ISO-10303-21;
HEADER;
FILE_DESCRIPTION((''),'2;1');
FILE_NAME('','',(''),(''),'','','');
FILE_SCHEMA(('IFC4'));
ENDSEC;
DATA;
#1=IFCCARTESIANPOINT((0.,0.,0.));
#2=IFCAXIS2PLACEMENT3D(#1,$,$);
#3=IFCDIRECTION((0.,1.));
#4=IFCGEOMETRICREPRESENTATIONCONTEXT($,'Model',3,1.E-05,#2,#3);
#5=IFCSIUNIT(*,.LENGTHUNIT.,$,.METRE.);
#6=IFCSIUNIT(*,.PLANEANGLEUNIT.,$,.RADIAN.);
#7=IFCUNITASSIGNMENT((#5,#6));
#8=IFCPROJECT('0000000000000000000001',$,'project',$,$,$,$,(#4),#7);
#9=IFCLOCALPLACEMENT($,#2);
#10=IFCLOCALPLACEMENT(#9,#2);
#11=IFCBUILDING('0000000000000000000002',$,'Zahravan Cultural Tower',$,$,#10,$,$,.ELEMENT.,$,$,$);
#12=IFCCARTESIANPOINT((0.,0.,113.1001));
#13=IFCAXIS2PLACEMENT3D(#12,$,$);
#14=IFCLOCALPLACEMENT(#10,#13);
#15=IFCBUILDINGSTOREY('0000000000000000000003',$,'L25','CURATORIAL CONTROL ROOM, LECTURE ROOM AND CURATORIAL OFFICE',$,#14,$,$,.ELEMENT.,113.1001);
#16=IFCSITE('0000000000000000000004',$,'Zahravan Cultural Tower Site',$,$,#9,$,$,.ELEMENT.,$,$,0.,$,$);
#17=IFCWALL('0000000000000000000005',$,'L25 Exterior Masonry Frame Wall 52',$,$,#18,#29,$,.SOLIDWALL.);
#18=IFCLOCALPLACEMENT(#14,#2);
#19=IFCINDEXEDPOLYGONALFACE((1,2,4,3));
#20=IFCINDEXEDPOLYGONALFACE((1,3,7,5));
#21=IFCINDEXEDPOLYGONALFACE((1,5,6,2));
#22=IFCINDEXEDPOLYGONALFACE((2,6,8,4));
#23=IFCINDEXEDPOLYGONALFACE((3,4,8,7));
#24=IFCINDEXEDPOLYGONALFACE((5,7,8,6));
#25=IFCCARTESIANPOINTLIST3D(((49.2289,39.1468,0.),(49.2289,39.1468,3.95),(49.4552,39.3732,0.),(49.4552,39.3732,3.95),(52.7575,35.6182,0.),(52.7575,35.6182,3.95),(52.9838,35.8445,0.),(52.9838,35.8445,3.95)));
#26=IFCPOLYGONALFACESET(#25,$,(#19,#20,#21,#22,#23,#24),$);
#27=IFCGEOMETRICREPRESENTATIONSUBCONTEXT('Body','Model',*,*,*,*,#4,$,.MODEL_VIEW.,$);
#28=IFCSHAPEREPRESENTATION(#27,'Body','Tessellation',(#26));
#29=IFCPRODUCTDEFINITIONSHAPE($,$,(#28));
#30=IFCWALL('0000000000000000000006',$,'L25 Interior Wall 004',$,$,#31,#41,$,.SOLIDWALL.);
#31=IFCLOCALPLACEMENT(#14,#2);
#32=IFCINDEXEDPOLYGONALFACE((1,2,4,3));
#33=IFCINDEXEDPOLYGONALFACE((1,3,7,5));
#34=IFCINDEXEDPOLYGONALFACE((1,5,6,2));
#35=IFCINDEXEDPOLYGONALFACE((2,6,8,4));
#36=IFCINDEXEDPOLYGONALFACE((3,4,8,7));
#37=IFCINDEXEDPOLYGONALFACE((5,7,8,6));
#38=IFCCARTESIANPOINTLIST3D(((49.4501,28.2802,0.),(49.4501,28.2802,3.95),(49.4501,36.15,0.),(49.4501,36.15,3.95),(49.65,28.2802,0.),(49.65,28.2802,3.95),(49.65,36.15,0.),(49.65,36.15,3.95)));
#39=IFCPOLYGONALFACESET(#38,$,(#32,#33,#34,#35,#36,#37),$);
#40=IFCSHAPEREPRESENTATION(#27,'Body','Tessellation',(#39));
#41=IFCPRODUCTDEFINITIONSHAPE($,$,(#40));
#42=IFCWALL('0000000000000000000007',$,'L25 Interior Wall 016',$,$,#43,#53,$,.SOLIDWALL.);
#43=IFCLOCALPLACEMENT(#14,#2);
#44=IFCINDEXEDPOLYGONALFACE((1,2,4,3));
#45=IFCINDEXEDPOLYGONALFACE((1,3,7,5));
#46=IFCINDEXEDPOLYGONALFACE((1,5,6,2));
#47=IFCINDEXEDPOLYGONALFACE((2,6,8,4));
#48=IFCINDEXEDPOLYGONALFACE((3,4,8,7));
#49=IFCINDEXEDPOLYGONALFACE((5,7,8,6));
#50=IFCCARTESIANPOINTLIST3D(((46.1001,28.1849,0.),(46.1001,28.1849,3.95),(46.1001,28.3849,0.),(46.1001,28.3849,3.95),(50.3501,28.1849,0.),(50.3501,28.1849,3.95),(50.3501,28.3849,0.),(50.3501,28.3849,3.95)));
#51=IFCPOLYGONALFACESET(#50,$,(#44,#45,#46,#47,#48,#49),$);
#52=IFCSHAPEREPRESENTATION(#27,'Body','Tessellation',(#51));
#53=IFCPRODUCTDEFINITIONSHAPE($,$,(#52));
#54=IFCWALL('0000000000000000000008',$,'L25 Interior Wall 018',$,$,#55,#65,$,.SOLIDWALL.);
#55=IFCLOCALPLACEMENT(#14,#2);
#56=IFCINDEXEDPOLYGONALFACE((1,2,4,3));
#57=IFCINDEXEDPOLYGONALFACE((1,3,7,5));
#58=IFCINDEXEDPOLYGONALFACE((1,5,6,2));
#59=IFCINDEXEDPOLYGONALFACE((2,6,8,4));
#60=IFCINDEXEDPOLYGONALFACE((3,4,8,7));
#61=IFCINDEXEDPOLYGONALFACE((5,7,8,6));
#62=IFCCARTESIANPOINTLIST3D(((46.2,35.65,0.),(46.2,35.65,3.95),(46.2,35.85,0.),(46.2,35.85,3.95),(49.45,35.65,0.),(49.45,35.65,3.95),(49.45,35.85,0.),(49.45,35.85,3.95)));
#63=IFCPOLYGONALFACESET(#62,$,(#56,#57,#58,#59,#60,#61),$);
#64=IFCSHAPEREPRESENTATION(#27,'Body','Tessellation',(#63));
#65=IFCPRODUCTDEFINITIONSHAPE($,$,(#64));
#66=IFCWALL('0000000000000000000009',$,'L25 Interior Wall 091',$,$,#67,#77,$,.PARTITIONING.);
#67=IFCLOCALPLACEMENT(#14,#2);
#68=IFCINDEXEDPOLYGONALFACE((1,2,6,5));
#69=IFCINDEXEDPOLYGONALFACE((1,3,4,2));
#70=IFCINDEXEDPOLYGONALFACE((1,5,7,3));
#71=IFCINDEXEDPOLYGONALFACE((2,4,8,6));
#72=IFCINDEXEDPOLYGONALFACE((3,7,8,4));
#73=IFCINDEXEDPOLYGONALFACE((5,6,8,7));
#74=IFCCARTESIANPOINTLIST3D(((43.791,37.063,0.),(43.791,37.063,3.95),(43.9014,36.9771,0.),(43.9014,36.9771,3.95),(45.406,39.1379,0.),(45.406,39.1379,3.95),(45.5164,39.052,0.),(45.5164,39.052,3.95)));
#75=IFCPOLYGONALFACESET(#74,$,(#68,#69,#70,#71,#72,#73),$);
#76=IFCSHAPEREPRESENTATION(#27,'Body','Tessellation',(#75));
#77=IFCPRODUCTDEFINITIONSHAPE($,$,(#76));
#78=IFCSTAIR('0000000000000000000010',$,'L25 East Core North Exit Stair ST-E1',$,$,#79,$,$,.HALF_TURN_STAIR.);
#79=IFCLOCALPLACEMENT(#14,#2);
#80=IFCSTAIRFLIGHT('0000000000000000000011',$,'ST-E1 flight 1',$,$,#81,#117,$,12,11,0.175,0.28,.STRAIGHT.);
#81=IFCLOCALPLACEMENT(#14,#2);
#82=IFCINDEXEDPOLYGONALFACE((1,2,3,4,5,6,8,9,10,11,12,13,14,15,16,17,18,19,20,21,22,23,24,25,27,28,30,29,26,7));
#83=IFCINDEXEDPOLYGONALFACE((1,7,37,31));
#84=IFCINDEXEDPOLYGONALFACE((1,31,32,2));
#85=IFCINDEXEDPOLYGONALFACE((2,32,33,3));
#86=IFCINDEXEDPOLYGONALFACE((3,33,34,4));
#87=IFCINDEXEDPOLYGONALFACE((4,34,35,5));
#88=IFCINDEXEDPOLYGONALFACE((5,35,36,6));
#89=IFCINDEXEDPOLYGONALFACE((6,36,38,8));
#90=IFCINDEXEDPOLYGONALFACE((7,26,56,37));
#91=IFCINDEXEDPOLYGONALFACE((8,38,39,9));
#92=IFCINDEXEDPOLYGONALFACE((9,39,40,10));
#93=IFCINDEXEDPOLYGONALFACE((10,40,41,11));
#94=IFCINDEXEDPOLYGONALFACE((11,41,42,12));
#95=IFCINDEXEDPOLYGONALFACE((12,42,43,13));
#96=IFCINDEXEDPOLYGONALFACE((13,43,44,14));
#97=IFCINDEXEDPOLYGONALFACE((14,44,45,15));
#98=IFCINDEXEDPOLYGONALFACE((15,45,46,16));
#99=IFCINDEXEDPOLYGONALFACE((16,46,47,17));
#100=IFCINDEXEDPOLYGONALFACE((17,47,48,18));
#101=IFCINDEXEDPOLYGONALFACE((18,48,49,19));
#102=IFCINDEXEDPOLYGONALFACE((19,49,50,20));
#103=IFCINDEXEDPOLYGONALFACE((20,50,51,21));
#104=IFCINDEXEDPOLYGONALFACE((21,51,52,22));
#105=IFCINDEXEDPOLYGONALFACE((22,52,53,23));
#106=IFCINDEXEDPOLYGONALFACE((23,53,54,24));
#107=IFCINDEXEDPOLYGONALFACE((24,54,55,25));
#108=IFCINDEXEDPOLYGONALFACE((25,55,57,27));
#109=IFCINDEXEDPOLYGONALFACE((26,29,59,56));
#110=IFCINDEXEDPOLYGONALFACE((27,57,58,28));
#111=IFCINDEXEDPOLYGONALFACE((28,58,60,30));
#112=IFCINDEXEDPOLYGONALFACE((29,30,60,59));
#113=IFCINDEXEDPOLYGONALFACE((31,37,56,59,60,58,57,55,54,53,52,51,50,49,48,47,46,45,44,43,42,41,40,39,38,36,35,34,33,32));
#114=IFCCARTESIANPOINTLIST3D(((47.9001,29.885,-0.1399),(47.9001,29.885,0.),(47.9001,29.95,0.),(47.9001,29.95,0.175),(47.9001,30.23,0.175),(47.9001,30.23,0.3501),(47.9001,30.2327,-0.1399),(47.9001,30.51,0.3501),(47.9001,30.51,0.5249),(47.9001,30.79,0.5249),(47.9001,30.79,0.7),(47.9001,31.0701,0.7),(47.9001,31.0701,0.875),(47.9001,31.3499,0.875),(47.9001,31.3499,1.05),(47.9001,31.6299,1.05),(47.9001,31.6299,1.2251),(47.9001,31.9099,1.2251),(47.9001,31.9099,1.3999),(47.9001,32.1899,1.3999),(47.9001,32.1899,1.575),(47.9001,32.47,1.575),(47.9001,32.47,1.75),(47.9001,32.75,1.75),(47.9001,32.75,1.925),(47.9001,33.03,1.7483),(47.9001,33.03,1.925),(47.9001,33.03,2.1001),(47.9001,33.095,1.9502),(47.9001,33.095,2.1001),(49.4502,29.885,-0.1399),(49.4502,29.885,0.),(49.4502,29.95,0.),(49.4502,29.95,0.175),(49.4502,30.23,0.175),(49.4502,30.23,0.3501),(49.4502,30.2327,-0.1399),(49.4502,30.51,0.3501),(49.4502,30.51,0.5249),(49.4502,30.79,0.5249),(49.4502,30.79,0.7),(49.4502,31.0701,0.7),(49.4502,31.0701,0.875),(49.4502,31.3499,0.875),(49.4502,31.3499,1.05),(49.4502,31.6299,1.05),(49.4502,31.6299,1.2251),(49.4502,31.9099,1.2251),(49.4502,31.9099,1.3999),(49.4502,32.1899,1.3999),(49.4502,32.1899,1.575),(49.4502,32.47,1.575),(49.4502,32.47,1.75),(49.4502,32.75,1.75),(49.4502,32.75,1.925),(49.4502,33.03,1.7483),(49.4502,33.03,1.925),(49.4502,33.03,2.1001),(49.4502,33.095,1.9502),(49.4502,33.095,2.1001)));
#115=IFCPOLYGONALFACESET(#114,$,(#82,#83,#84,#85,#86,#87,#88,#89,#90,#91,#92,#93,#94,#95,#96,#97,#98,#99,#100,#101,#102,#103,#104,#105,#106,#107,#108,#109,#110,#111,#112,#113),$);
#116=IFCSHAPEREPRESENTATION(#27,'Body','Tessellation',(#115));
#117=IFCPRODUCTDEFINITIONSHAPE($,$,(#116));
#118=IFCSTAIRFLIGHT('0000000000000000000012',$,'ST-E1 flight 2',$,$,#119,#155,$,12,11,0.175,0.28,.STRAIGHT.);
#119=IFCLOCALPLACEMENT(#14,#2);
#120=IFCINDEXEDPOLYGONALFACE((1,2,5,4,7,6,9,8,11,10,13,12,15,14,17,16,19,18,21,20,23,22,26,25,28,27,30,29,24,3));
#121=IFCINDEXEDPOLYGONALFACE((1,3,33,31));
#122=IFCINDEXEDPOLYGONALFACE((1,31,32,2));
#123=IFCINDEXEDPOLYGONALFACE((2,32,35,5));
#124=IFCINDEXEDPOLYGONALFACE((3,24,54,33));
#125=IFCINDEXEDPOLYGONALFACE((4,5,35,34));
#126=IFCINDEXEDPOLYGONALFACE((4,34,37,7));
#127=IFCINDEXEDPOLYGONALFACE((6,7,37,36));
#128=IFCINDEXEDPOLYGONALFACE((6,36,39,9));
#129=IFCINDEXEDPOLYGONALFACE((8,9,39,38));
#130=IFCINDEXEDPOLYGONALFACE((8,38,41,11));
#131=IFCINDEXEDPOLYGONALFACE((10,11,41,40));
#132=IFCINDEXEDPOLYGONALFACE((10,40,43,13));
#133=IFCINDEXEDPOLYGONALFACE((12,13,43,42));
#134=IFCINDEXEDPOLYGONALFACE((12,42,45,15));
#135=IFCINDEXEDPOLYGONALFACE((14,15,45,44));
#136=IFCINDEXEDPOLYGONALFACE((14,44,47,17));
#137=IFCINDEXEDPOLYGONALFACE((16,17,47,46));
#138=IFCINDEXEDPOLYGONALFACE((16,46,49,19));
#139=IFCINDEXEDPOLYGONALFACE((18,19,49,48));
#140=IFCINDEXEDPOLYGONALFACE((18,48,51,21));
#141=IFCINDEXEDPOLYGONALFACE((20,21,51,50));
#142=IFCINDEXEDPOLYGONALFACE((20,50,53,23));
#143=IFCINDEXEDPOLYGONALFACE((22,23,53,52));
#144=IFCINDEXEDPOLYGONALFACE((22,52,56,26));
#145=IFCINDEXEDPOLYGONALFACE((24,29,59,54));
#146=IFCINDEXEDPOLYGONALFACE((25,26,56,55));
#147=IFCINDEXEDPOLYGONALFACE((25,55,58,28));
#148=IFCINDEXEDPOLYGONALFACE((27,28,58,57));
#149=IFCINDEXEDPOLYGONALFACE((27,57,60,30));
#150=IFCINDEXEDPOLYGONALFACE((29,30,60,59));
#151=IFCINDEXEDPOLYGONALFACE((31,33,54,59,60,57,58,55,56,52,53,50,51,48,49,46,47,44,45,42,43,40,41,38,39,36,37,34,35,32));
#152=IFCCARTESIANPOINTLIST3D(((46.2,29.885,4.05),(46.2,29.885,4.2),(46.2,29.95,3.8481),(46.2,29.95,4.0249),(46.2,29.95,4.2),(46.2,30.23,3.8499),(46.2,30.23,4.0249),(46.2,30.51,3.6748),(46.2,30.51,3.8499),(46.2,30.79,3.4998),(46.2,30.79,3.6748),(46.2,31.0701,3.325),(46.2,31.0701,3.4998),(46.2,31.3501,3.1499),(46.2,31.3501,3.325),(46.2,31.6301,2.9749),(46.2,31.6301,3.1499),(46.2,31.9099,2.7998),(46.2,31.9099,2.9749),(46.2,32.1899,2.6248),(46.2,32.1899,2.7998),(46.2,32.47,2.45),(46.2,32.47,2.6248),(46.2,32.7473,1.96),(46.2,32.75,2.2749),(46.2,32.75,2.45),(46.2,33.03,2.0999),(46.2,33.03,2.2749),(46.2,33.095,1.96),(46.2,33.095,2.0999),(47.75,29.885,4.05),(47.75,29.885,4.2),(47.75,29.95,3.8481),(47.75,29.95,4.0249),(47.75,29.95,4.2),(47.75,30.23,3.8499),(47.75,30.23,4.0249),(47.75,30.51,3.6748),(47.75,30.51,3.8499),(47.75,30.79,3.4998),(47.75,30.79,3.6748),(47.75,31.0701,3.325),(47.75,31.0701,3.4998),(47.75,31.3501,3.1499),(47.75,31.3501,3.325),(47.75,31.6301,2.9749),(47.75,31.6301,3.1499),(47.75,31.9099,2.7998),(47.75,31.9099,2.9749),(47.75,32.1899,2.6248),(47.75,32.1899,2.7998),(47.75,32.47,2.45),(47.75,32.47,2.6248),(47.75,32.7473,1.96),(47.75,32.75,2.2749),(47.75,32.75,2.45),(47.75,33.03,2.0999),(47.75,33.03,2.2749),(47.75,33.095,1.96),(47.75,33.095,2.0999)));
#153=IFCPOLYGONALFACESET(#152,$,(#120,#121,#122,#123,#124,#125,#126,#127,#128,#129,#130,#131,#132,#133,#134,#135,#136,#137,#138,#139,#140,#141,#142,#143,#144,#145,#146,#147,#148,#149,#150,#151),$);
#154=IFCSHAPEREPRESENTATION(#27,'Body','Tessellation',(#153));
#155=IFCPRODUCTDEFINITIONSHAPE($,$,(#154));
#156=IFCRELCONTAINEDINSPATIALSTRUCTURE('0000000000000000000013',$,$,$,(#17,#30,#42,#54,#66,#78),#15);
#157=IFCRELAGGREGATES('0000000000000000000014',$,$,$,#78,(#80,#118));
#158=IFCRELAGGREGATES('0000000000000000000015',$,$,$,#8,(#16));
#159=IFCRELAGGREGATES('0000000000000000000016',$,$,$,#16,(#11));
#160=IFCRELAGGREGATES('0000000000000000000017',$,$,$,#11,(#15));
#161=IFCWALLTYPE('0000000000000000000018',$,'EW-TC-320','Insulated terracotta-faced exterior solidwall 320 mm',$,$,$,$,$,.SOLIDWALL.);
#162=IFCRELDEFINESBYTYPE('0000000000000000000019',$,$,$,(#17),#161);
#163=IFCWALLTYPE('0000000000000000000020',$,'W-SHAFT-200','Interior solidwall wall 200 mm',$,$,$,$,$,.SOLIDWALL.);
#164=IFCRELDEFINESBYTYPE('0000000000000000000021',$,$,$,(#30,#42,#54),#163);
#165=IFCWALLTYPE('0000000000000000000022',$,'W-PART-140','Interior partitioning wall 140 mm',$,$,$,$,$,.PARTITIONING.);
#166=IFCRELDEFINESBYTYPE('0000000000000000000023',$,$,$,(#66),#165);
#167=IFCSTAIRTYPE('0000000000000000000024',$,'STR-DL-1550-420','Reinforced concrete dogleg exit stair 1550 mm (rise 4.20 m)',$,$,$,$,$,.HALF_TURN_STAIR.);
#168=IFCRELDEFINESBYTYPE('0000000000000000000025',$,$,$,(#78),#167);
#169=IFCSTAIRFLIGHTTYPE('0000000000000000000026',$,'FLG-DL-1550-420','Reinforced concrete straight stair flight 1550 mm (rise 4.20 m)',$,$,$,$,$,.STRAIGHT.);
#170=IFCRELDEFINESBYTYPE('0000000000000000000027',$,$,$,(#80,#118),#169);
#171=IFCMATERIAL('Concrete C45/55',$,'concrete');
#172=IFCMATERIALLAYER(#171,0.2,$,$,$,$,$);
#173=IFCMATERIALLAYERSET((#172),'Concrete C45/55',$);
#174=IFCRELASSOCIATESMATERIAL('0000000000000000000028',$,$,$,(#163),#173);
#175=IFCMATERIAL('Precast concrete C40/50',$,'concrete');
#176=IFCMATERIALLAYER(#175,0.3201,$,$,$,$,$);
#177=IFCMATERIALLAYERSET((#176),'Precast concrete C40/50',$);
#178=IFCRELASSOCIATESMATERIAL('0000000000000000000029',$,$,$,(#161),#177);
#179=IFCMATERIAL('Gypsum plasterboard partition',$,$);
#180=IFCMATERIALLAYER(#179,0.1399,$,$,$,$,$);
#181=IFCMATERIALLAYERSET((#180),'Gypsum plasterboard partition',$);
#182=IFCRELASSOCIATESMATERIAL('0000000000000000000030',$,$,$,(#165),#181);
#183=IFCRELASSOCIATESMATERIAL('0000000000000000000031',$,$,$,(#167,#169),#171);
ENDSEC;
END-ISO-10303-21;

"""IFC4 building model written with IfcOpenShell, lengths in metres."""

from ifc_helpers import new_model, si_unit, direction, frame, frame_2d, origin, place, context, subcontext, project, spatial, polyline, rectangle, outline, extrude, source, transform, mapped, material, layer, layer_set, type_object, element, aggregate, save


model = new_model("IFC4")

# Units and contexts
model_context = context("Model", 3, precision=1e-05, world=origin(), true_north=direction((0.0, 1.0)))
body_context = subcontext(model_context, "Body", "Model", "MODEL_VIEW")
ifc_project = project(units=[si_unit("LENGTHUNIT", "METRE"), si_unit("PLANEANGLEUNIT", "RADIAN")], contexts=[model_context])

# Site, building, storey
site_placement = place(None, origin())
site = spatial("IfcSite", under=ifc_project, at=site_placement, Name="Zahravan Cultural Tower Site", CompositionType="ELEMENT", RefElevation=0.0)
building_placement = place(site_placement, origin())
building = spatial("IfcBuilding", under=site, at=building_placement, Name="Zahravan Cultural Tower", CompositionType="ELEMENT")
storey_placement = place(building_placement, frame((0.0, 0.0, 113.1001)))
storey = spatial("IfcBuildingStorey", under=building, at=storey_placement, Name="L25", Description="CURATORIAL CONTROL ROOM, LECTURE ROOM AND CURATORIAL OFFICE", CompositionType="ELEMENT", Elevation=113.1001)

# Shared definitions
ifc_material_1 = material(Name="Concrete C45/55", Category="concrete")
ifc_layer_1 = layer(ifc_material_1, 0.2)
ifc_layer_set_1 = layer_set([ifc_layer_1], Name="Concrete C45/55")
wall_type_1 = type_object("IfcWallType", Name="W-SHAFT-200", Description="Interior solidwall wall 200 mm", PredefinedType="SOLIDWALL", material=ifc_layer_set_1)

# Walls
ifc_material_2 = material(Name="Precast concrete C40/50", Category="concrete")
ifc_layer_2 = layer(ifc_material_2, 0.3201)
ifc_layer_set_2 = layer_set([ifc_layer_2], Name="Precast concrete C40/50")
wall_type_2 = type_object("IfcWallType", Name="EW-TC-320", Description="Insulated terracotta-faced exterior solidwall 320 mm", PredefinedType="SOLIDWALL", material=ifc_layer_set_2)
shared_shape_1 = source(origin(), body_context, "Body", "SweptSolid", [
    extrude(rectangle(XDim=4.9902, YDim=0.3201, at=frame_2d((2.4951, 0.0))), origin(), (0.0, 0.0, 1.0), 3.95),
])
wall_1_placement = place(storey_placement, frame((49.342, 39.26, 0.0), z_axis=(0.0, 0.0, 1.0), x_axis=(0.707107, -0.707107, 0.0)))
element("IfcWall", 1, at=wall_1_placement, inside=storey, type_object=wall_type_2, Name="L25 Exterior Masonry Frame Wall 52", PredefinedType="SOLIDWALL", context=body_context, shape_type="MappedRepresentation", body=[
    mapped(shared_shape_1, transform((0.0, 0.0, 0.0), x_axis=(1.0, 0.0, 0.0), y_axis=(0.0, 1.0, 0.0), z_axis=(0.0, 0.0, 1.0), scale=1.0)),
])
shared_shape_2 = source(origin(), body_context, "Body", "SweptSolid", [
    extrude(rectangle(XDim=7.8699, YDim=0.2, at=frame_2d((3.9351, 0.0))), origin(), (0.0, 0.0, 1.0), 3.95),
])
wall_2_placement = place(storey_placement, frame((49.55, 28.28, 0.0), z_axis=(0.0, 0.0, 1.0), x_axis=(0.0, 1.0, 0.0)))
element("IfcWall", 2, at=wall_2_placement, inside=storey, type_object=wall_type_1, Name="L25 Interior Wall 004", PredefinedType="SOLIDWALL", context=body_context, shape_type="MappedRepresentation", body=[
    mapped(shared_shape_2, transform((0.0, 0.0, 0.0), x_axis=(1.0, 0.0, 0.0), y_axis=(0.0, 1.0, 0.0), z_axis=(0.0, 0.0, 1.0), scale=1.0)),
])
shared_shape_3 = source(origin(), body_context, "Body", "SweptSolid", [
    extrude(rectangle(XDim=4.25, YDim=0.2, at=frame_2d((2.125, 0.0))), origin(), (0.0, 0.0, 1.0), 3.95),
])
wall_3_placement = place(storey_placement, frame((46.1001, 28.2849, 0.0), z_axis=(0.0, 0.0, 1.0), x_axis=(1.0, 0.0, 0.0)))
element("IfcWall", 3, at=wall_3_placement, inside=storey, type_object=wall_type_1, Name="L25 Interior Wall 016", PredefinedType="SOLIDWALL", context=body_context, shape_type="MappedRepresentation", body=[
    mapped(shared_shape_3, transform((0.0, 0.0, 0.0), x_axis=(1.0, 0.0, 0.0), y_axis=(0.0, 1.0, 0.0), z_axis=(0.0, 0.0, 1.0), scale=1.0)),
])
shared_shape_4 = source(origin(), body_context, "Body", "SweptSolid", [
    extrude(rectangle(XDim=3.25, YDim=0.2, at=frame_2d((1.625, 0.0))), origin(), (0.0, 0.0, 1.0), 3.95),
])
wall_4_placement = place(storey_placement, frame((46.2, 35.75, 0.0), z_axis=(0.0, 0.0, 1.0), x_axis=(1.0, 0.0, 0.0)))
element("IfcWall", 4, at=wall_4_placement, inside=storey, type_object=wall_type_1, Name="L25 Interior Wall 018", PredefinedType="SOLIDWALL", context=body_context, shape_type="MappedRepresentation", body=[
    mapped(shared_shape_4, transform((0.0, 0.0, 0.0), x_axis=(1.0, 0.0, 0.0), y_axis=(0.0, 1.0, 0.0), z_axis=(0.0, 0.0, 1.0), scale=1.0)),
])
ifc_material_3 = material(Name="Gypsum plasterboard partition")
ifc_layer_3 = layer(ifc_material_3, 0.1399)
ifc_layer_set_3 = layer_set([ifc_layer_3], Name="Gypsum plasterboard partition")
wall_type_3 = type_object("IfcWallType", Name="W-PART-140", Description="Interior partitioning wall 140 mm", PredefinedType="PARTITIONING", material=ifc_layer_set_3)
shared_shape_5 = source(origin(), body_context, "Body", "SweptSolid", [
    extrude(rectangle(XDim=2.6294, YDim=0.1399, at=frame_2d((1.3147, 0.0))), origin(), (0.0, 0.0, 1.0), 3.95),
])
wall_5_placement = place(storey_placement, frame((43.8462, 37.02, 0.0), z_axis=(0.0, 0.0, 1.0), x_axis=(0.614211, 0.789142, 0.0)))
element("IfcWall", 5, at=wall_5_placement, inside=storey, type_object=wall_type_3, Name="L25 Interior Wall 091", PredefinedType="PARTITIONING", context=body_context, shape_type="MappedRepresentation", body=[
    mapped(shared_shape_5, transform((0.0, 0.0, 0.0), x_axis=(1.0, 0.0, 0.0), y_axis=(0.0, 1.0, 0.0), z_axis=(0.0, 0.0, 1.0), scale=1.0)),
])

# Stair, stair flights
stair_type = type_object("IfcStairType", Name="STR-DL-1550-420", Description="Reinforced concrete dogleg exit stair 1550 mm (rise 4.20 m)", PredefinedType="HALF_TURN_STAIR", material=ifc_material_1)
stair_placement = place(storey_placement, origin())
stair = element("IfcStair", 6, at=stair_placement, inside=storey, type_object=stair_type, Name="L25 East Core North Exit Stair ST-E1", PredefinedType="HALF_TURN_STAIR")
stair_flight_type = type_object("IfcStairFlightType", Name="FLG-DL-1550-420", Description="Reinforced concrete straight stair flight 1550 mm (rise 4.20 m)", PredefinedType="STRAIGHT", material=ifc_material_1)
stair_flight_1_placement = place(storey_placement, frame((48.675, 29.95, 0.0), z_axis=(0.0, 0.0, 1.0), x_axis=(0.0, 1.0, 0.0)))
stair_flight_1 = element("IfcStairFlight", 7, at=stair_flight_1_placement, type_object=stair_flight_type, Name="ST-E1 flight 1", NumberOfRisers=12, NumberOfTreads=11, PredefinedType="STRAIGHT", RiserHeight=0.175, TreadLength=0.28, context=body_context, shape_type="SweptSolid", body=[
    extrude(outline(polyline([(-0.0649, -0.1399), (-0.0649, 0.0), (0.0, 0.0), (0.0, 0.175), (0.28, 0.175), (0.28, 0.3501), (0.5601, 0.3501), (0.5601, 0.5249), (0.8401, 0.5249), (0.8401, 0.7), (1.1201, 0.7), (1.1201, 0.875), (1.3999, 0.875), (1.3999, 1.05), (1.6799, 1.05), (1.6799, 1.2251), (1.96, 1.2251), (1.96, 1.3999), (2.24, 1.3999), (2.24, 1.575), (2.52, 1.575), (2.52, 1.75), (2.8, 1.75), (2.8, 1.925), (3.0801, 1.925), (3.0801, 2.1001), (3.145, 2.1001), (3.145, 1.9502), (3.0801, 1.7483), (0.2827, -0.1399), (-0.0649, -0.1399)])), frame((0.0, 0.7749, 0.0), z_axis=(0.0, -1.0, 0.0), x_axis=(1.0, 0.0, 0.0)), (0.0, 0.0, 1.0), 1.55),
])
stair_flight_2_placement = place(storey_placement, frame((46.9751, 33.03, 2.0999), z_axis=(0.0, 0.0, 1.0), x_axis=(0.0, -1.0, 0.0)))
stair_flight_2 = element("IfcStairFlight", 8, at=stair_flight_2_placement, type_object=stair_flight_type, Name="ST-E1 flight 2", NumberOfRisers=12, NumberOfTreads=11, PredefinedType="STRAIGHT", RiserHeight=0.175, TreadLength=0.28, context=body_context, shape_type="SweptSolid", body=[
    extrude(outline(polyline([(-0.0649, -0.1399), (-0.0649, 0.0), (0.0, 0.0), (0.0, 0.175), (0.28, 0.175), (0.28, 0.3501), (0.5601, 0.3501), (0.5601, 0.5249), (0.8401, 0.5249), (0.8401, 0.7), (1.1201, 0.7), (1.1201, 0.875), (1.3999, 0.875), (1.3999, 1.05), (1.6799, 1.05), (1.6799, 1.2251), (1.96, 1.2251), (1.96, 1.3999), (2.24, 1.3999), (2.24, 1.575), (2.52, 1.575), (2.52, 1.75), (2.8, 1.75), (2.8, 1.925), (3.0801, 1.925), (3.0801, 2.1001), (3.145, 2.1001), (3.145, 1.9502), (3.0801, 1.7483), (0.2827, -0.1399), (-0.0649, -0.1399)])), frame((0.0, 0.7749, 0.0), z_axis=(0.0, -1.0, 0.0), x_axis=(1.0, 0.0, 0.0)), (0.0, 0.0, 1.0), 1.55),
])
aggregate(stair, [stair_flight_1, stair_flight_2])

save(model, "model.ifc")
